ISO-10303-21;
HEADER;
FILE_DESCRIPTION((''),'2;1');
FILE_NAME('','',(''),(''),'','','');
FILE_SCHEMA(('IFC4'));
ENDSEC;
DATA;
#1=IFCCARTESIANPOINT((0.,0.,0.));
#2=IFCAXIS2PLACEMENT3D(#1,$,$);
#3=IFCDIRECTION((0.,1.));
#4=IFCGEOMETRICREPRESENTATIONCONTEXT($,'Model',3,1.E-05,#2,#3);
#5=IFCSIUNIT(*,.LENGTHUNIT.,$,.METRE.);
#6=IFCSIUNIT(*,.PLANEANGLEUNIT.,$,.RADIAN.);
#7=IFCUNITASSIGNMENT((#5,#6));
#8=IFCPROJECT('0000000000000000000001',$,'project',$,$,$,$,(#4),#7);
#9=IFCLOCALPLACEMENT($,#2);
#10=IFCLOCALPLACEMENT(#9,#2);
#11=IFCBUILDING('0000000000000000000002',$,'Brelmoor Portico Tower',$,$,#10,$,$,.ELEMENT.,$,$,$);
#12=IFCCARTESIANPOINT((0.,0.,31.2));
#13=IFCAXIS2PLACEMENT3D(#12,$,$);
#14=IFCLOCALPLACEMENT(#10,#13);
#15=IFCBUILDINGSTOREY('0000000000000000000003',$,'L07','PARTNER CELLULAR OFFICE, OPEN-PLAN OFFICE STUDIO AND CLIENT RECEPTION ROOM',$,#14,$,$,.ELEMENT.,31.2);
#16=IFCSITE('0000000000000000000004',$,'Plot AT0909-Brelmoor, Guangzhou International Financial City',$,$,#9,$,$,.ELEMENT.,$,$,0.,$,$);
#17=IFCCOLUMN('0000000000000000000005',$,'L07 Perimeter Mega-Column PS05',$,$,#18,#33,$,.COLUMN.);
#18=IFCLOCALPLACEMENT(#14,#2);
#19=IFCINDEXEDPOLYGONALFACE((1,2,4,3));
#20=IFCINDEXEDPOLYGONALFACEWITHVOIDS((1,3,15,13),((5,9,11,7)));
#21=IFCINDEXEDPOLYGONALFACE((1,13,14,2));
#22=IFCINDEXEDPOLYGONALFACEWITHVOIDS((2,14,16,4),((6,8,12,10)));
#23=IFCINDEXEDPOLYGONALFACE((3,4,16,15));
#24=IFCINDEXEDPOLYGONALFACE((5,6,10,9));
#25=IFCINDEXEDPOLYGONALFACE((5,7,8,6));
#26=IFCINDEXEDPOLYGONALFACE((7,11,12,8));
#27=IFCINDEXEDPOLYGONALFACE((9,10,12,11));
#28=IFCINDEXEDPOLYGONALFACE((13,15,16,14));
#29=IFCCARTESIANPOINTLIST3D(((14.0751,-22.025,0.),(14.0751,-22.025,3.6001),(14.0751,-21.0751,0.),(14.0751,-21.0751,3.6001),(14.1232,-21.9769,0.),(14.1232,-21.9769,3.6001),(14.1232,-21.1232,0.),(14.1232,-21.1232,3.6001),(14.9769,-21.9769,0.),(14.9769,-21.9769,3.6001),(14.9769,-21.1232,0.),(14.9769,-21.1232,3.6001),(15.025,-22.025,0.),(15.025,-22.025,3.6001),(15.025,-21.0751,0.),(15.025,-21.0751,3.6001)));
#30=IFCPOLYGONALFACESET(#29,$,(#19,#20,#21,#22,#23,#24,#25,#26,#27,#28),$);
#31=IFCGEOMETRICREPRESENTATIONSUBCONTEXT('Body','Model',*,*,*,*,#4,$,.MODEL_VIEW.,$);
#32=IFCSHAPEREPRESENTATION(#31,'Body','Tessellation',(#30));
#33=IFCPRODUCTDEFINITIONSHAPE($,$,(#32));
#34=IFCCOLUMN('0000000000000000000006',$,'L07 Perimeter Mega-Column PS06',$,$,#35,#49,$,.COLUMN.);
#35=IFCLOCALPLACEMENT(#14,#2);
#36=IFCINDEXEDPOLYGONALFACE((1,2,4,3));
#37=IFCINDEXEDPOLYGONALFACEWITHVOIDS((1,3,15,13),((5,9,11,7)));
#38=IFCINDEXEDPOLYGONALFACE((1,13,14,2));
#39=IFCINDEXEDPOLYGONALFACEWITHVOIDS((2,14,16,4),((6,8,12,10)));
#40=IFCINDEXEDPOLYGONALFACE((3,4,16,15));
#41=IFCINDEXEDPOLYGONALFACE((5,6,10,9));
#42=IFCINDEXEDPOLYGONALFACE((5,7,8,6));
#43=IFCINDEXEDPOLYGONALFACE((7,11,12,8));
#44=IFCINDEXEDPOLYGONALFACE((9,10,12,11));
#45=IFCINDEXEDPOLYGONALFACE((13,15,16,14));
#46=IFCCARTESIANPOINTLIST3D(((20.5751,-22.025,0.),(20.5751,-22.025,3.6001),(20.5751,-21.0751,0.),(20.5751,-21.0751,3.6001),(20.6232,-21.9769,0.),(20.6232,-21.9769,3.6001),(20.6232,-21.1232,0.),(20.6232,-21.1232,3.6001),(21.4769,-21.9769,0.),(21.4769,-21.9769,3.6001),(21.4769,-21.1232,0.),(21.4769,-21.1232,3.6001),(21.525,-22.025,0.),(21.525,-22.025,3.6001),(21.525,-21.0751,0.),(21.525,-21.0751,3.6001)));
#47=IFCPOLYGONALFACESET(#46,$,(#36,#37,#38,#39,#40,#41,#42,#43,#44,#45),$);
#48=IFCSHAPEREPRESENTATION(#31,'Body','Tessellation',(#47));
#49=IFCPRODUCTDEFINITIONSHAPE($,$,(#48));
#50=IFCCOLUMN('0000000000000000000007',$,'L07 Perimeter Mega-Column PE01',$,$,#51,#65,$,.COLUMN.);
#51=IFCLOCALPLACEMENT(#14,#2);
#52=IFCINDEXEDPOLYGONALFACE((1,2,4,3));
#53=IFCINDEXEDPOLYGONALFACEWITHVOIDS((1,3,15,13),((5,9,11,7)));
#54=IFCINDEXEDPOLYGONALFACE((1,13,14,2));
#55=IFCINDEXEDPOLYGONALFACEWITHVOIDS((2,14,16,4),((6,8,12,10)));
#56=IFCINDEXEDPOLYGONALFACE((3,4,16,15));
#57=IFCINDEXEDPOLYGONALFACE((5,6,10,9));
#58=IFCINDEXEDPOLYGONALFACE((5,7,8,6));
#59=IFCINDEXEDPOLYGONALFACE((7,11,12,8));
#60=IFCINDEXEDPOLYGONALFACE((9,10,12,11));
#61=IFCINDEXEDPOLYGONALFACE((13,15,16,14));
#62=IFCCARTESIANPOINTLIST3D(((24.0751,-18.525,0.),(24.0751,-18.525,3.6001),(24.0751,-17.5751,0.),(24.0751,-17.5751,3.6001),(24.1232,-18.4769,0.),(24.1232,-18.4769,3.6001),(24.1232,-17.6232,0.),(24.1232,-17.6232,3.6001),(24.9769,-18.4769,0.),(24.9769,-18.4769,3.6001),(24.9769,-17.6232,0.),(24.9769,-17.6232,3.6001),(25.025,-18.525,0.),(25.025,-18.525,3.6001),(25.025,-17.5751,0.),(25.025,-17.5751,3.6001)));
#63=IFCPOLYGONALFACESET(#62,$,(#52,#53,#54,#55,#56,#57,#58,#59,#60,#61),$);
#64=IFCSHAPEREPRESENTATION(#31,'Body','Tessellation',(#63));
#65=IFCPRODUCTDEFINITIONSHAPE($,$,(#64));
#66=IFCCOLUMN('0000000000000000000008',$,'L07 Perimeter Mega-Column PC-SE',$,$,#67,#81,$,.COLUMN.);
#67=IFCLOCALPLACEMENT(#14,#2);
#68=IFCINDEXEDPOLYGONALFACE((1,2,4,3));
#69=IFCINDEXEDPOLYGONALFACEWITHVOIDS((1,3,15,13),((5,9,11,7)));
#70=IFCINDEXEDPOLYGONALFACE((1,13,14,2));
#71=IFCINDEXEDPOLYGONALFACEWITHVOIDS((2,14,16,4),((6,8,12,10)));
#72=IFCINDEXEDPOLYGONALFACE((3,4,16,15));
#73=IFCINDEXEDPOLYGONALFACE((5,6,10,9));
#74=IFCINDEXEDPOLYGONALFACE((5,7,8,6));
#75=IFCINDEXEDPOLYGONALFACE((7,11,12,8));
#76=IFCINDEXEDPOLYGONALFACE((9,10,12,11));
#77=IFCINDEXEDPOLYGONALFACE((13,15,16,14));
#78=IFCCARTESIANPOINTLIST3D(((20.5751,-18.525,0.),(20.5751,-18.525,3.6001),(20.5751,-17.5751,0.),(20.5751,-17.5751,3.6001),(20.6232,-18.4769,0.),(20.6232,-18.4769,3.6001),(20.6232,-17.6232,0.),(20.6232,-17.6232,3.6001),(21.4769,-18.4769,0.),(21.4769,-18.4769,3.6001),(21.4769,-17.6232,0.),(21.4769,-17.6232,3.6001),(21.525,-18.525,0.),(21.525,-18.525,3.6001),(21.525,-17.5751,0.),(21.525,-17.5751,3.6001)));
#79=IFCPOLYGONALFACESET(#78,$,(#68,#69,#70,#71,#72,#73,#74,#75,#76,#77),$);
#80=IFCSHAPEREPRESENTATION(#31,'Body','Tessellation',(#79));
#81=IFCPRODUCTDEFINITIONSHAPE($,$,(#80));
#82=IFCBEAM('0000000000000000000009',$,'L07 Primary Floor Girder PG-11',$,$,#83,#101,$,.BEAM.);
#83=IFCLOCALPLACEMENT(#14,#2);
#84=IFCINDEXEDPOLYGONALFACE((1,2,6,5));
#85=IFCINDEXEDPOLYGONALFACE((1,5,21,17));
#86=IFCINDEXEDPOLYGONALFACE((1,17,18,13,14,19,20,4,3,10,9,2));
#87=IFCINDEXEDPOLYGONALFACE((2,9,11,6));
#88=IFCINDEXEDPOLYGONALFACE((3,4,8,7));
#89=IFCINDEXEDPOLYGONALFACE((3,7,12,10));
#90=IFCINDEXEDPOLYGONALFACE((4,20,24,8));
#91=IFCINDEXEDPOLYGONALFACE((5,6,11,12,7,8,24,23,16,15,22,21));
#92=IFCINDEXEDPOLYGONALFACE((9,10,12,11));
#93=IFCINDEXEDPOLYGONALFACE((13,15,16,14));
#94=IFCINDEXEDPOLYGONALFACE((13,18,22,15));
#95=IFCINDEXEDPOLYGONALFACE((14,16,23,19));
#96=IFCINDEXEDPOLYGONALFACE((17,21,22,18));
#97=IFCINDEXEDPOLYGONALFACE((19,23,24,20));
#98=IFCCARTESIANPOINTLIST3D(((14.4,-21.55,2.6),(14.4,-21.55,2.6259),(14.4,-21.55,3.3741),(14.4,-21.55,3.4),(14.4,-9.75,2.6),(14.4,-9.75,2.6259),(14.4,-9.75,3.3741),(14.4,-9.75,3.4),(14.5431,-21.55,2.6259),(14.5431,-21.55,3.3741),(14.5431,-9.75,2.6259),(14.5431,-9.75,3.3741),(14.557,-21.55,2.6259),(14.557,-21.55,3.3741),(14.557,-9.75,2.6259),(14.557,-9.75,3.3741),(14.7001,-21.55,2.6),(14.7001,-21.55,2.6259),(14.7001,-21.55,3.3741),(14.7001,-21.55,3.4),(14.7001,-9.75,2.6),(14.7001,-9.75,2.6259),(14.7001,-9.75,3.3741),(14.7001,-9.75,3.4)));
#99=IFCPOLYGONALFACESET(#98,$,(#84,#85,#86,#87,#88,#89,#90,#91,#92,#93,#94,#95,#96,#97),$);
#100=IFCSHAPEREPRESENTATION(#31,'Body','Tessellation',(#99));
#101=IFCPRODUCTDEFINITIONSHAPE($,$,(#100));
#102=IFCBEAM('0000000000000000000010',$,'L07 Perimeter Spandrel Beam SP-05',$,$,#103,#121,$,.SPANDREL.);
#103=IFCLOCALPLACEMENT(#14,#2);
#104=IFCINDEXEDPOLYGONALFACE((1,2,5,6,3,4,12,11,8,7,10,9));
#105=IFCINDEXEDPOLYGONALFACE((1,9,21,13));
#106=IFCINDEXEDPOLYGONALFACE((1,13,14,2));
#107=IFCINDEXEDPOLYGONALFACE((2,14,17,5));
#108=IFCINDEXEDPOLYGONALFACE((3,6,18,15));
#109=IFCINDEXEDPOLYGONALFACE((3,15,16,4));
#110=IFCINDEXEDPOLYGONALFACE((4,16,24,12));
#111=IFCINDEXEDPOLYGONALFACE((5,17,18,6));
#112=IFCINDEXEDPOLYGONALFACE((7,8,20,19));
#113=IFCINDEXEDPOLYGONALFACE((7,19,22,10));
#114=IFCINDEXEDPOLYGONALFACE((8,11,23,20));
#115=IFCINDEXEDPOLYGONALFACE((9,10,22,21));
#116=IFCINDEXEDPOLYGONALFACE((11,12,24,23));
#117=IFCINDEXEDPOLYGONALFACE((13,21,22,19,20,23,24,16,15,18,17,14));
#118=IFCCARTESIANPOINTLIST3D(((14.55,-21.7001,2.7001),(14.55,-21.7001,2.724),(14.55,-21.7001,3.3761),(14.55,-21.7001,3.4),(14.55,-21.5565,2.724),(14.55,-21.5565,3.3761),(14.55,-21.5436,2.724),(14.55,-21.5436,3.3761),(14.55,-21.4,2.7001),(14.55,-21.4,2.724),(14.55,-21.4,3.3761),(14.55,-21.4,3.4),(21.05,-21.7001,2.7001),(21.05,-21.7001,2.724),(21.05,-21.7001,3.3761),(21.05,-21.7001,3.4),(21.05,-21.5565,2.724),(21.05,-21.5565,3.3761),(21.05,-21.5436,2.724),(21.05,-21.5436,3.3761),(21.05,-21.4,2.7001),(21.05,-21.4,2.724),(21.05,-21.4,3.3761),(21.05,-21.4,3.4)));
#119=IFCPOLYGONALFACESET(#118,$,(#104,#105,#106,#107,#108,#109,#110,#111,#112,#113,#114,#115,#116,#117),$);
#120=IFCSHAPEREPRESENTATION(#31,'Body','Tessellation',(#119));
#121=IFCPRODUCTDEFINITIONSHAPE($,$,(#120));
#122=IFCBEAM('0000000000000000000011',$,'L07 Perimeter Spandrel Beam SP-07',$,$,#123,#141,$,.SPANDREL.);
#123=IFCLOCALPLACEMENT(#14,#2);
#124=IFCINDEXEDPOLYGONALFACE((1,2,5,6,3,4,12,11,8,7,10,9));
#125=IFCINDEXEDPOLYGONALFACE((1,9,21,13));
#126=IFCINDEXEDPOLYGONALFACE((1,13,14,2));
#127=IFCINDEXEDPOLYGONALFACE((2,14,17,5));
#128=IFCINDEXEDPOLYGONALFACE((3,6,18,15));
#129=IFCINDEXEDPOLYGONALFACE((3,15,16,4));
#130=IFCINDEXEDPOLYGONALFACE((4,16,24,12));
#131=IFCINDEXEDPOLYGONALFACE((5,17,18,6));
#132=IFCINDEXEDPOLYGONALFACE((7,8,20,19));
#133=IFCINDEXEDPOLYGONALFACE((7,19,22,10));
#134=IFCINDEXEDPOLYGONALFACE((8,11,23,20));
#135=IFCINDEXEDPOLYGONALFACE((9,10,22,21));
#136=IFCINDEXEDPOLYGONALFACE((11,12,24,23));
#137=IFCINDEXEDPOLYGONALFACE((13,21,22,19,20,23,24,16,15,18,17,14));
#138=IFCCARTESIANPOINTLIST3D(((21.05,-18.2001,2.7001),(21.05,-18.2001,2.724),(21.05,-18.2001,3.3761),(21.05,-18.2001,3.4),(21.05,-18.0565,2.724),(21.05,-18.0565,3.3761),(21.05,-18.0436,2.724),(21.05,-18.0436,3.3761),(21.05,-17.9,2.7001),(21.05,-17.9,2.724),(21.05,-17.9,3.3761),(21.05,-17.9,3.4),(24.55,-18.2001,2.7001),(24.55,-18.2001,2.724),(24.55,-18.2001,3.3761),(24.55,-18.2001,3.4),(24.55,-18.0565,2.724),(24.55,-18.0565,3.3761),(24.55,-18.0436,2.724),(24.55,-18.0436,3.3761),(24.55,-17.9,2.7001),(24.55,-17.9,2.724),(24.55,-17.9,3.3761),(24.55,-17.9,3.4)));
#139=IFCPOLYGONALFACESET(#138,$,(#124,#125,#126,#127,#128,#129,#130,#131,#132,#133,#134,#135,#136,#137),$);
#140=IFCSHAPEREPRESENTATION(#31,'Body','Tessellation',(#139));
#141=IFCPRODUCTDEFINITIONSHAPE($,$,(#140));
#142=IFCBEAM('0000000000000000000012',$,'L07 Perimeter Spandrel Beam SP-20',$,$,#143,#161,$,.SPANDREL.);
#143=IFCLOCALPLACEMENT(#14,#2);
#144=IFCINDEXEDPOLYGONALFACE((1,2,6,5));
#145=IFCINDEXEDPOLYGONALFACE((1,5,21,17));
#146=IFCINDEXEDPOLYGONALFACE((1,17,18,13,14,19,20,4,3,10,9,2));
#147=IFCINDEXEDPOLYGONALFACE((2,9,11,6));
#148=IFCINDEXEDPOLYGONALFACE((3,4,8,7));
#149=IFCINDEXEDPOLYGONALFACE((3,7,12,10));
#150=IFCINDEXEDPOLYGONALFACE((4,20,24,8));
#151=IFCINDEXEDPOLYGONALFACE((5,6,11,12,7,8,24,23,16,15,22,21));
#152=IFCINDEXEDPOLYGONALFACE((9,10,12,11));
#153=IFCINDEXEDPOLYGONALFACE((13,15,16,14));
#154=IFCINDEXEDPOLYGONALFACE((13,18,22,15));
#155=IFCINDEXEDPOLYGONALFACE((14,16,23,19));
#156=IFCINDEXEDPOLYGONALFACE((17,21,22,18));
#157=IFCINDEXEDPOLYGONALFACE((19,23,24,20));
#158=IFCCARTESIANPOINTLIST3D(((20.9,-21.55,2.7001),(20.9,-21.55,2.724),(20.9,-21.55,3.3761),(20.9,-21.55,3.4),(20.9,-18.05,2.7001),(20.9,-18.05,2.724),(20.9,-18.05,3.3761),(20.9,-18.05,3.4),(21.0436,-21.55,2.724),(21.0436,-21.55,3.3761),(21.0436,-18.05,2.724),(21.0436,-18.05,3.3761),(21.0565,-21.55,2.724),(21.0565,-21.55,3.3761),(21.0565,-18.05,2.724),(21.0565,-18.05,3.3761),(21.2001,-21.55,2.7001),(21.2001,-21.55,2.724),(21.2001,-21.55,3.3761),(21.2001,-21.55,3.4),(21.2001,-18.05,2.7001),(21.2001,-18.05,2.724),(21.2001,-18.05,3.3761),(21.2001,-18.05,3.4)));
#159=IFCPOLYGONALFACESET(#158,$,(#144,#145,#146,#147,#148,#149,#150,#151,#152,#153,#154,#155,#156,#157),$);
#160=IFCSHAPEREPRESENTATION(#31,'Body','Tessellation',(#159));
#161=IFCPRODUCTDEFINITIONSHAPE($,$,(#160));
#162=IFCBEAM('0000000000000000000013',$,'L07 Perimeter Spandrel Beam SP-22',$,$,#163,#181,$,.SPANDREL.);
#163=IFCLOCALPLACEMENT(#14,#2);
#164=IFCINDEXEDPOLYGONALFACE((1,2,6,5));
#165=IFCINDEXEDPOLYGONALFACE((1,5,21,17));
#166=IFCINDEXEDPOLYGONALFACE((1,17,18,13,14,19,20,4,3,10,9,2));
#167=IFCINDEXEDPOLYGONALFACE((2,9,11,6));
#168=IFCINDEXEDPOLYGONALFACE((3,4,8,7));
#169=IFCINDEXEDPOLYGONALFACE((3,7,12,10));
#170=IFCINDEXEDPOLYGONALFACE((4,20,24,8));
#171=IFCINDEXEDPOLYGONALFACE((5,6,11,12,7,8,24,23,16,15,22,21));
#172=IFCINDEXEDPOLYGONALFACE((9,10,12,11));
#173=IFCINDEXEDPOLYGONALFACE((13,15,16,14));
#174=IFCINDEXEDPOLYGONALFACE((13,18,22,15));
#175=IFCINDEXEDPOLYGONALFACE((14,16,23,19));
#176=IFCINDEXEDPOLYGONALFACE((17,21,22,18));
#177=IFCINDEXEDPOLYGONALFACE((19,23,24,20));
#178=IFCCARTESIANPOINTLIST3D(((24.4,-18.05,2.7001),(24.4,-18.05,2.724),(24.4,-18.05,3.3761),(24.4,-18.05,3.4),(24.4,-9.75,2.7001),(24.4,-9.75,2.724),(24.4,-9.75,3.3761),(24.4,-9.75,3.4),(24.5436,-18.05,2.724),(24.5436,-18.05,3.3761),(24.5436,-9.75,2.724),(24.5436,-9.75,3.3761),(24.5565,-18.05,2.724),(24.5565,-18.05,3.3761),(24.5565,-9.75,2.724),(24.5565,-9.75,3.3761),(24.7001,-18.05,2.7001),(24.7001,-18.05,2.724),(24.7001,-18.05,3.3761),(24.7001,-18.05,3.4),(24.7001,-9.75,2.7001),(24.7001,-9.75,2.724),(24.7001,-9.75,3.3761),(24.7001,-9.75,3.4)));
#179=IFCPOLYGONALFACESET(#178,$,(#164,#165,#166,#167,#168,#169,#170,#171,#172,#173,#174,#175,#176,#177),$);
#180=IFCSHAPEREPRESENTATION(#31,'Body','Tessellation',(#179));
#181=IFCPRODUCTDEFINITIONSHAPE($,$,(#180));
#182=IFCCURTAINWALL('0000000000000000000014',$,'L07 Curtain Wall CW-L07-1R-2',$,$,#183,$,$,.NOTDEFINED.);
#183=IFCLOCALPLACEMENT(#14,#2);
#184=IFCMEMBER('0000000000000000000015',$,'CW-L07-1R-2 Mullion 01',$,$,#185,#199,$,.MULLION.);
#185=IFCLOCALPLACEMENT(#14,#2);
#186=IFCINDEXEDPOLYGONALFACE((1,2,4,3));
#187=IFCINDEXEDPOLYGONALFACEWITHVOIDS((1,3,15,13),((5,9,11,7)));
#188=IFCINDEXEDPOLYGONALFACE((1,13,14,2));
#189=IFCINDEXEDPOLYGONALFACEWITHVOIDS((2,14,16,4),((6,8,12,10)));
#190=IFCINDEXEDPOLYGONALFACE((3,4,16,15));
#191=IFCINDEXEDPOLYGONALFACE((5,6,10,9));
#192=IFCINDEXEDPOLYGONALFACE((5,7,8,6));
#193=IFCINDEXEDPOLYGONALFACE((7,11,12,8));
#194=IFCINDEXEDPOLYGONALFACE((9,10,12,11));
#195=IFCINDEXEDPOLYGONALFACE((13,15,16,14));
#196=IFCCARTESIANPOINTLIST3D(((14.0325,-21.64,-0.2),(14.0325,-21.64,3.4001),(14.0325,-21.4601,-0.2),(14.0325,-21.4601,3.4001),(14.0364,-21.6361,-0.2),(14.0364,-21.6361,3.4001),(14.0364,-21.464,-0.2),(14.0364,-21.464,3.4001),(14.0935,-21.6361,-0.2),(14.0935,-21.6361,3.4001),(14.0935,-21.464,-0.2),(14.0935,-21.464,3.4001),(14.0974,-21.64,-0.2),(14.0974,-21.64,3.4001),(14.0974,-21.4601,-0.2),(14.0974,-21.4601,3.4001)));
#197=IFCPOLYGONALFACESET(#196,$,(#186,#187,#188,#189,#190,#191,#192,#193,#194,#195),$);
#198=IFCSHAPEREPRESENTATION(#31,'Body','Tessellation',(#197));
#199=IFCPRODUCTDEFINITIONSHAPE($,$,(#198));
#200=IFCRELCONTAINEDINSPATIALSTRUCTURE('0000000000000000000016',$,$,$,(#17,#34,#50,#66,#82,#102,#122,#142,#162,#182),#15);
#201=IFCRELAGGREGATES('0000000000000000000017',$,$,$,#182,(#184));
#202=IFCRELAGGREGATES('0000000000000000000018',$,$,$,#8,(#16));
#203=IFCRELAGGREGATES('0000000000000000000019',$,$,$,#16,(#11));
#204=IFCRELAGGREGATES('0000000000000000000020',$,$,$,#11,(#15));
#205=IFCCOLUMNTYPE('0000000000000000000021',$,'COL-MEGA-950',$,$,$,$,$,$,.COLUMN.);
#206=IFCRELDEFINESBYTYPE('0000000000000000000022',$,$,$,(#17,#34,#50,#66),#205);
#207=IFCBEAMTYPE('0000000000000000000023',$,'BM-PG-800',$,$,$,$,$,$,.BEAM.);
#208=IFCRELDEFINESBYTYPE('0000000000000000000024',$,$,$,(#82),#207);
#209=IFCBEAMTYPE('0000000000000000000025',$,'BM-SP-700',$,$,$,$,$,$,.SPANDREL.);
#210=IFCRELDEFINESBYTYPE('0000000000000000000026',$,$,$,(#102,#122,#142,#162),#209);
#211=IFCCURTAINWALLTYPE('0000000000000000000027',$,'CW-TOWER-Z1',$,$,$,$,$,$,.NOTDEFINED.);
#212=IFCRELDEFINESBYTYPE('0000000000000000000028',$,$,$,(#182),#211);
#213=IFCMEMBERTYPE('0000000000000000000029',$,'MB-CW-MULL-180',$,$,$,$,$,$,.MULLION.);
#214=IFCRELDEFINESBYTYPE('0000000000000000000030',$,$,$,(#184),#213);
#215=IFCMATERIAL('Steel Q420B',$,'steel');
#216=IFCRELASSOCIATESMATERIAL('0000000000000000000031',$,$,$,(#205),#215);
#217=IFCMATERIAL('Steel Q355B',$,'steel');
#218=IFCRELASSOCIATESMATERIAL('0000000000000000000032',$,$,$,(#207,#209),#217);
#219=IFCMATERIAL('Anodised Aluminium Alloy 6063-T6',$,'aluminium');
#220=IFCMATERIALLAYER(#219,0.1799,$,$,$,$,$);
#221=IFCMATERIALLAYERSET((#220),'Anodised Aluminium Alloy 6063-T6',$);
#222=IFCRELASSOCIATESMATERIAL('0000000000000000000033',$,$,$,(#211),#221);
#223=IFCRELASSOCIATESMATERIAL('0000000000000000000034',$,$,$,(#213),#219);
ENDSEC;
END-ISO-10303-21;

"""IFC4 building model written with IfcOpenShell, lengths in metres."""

from ifc_helpers import new_model, si_unit, direction, frame, origin, origin_2d, place, context, subcontext, project, spatial, hollow_rectangle, i_section, extrude, material, layer, layer_set, material_profile, profile_set, type_object, element, aggregate, save


model = new_model("IFC4")

# Units and contexts
model_context = context("Model", 3, precision=1e-05, world=origin(), true_north=direction((0.0, 1.0)))
body_context = subcontext(model_context, "Body", "Model", "MODEL_VIEW")
ifc_project = project(units=[si_unit("LENGTHUNIT", "METRE"), si_unit("PLANEANGLEUNIT", "RADIAN")], contexts=[model_context])

# Site, building, storey
site_placement = place(None, origin())
site = spatial("IfcSite", under=ifc_project, at=site_placement, Name="Plot AT0909-Brelmoor, Guangzhou International Financial City", CompositionType="ELEMENT", RefElevation=0.0)
building_placement = place(site_placement, origin())
building = spatial("IfcBuilding", under=site, at=building_placement, Name="Brelmoor Portico Tower", CompositionType="ELEMENT")
storey_placement = place(building_placement, frame((0.0, 0.0, 31.2)))
storey = spatial("IfcBuildingStorey", under=building, at=storey_placement, Name="L07", Description="PARTNER CELLULAR OFFICE, OPEN-PLAN OFFICE STUDIO AND CLIENT RECEPTION ROOM", CompositionType="ELEMENT", Elevation=31.2)

# Columns
ifc_material_1 = material(Name="Steel Q420B", Category="steel")
ifc_material_profile_1 = material_profile(ifc_material_1, hollow_rectangle(XDim=0.95, YDim=0.95, WallThickness=0.0481, at=origin_2d()), Name="BOX 950x950x48")
ifc_profile_set_1 = profile_set([ifc_material_profile_1], Name="Steel Q420B")
column_type = type_object("IfcColumnType", Name="COL-MEGA-950", PredefinedType="COLUMN", material=ifc_profile_set_1)
for number, where, z_axis, x_axis, name in (
    (1, (14.55, -21.55, 0.0), (0.0, 0.0, 1.0), (1.0, 0.0, 0.0), "L07 Perimeter Mega-Column PS05"),
    (2, (21.05, -21.55, 0.0), (0.0, 0.0, 1.0), (1.0, 0.0, 0.0), "L07 Perimeter Mega-Column PS06"),
    (3, (24.55, -18.05, 0.0), (0.0, 0.0, 1.0), (0.0, 1.0, 0.0), "L07 Perimeter Mega-Column PE01"),
    (4, (21.05, -18.05, 0.0), (0.0, 0.0, 1.0), (1.0, 0.0, 0.0), "L07 Perimeter Mega-Column PC-SE"),
):
    element("IfcColumn", number, at=place(storey_placement, frame(where, z_axis=z_axis, x_axis=x_axis)), inside=storey, type_object=column_type, Name=name, PredefinedType="COLUMN", context=body_context, shape_type="SweptSolid", body=[
        extrude(hollow_rectangle(XDim=0.95, YDim=0.95, WallThickness=0.0481, at=origin_2d()), origin(), (0.0, 0.0, 1.0), 3.6001),
    ])

# Beams
ifc_material_2 = material(Name="Steel Q355B", Category="steel")
ifc_material_profile_2 = material_profile(ifc_material_2, i_section(OverallWidth=0.3, OverallDepth=0.8, WebThickness=0.0139, FlangeThickness=0.0259, at=origin_2d()), Name="HN 800x300x14x26")
ifc_profile_set_2 = profile_set([ifc_material_profile_2], Name="Steel Q355B")
beam_type_1 = type_object("IfcBeamType", Name="BM-PG-800", PredefinedType="BEAM", material=ifc_profile_set_2)
beam_1_placement = place(storey_placement, frame((14.55, -21.55, 3.0), z_axis=(0.0, 1.0, 0.0), x_axis=(-1.0, 0.0, 0.0)))
element("IfcBeam", 5, at=beam_1_placement, inside=storey, type_object=beam_type_1, Name="L07 Primary Floor Girder PG-11", PredefinedType="BEAM", context=body_context, shape_type="SweptSolid", body=[
    extrude(i_section(OverallWidth=0.3, OverallDepth=0.8, WebThickness=0.0139, FlangeThickness=0.0259, at=origin_2d()), origin(), (0.0, 0.0, 1.0), 11.8),
])
ifc_material_profile_3 = material_profile(ifc_material_2, i_section(OverallWidth=0.3, OverallDepth=0.7, WebThickness=0.0129, FlangeThickness=0.0239, at=origin_2d()), Name="HN 700x300x13x24")
ifc_profile_set_3 = profile_set([ifc_material_profile_3], Name="Steel Q355B")
beam_type_2 = type_object("IfcBeamType", Name="BM-SP-700", PredefinedType="SPANDREL", material=ifc_profile_set_3)
beam_2_placement = place(storey_placement, frame((14.55, -21.55, 3.05), z_axis=(1.0, 0.0, 0.0), x_axis=(0.0, 1.0, 0.0)))
element("IfcBeam", 6, at=beam_2_placement, inside=storey, type_object=beam_type_2, Name="L07 Perimeter Spandrel Beam SP-05", PredefinedType="SPANDREL", context=body_context, shape_type="SweptSolid", body=[
    extrude(i_section(OverallWidth=0.3, OverallDepth=0.7, WebThickness=0.0129, FlangeThickness=0.0239, at=origin_2d()), origin(), (0.0, 0.0, 1.0), 6.5),
])
for number, where, z_axis, x_axis, name in (
    (7, (21.05, -18.05, 3.05), (1.0, 0.0, 0.0), (0.0, 1.0, 0.0), "L07 Perimeter Spandrel Beam SP-07"),
    (8, (21.05, -21.55, 3.05), (0.0, 1.0, 0.0), (-1.0, 0.0, 0.0), "L07 Perimeter Spandrel Beam SP-20"),
):
    element("IfcBeam", number, at=place(storey_placement, frame(where, z_axis=z_axis, x_axis=x_axis)), inside=storey, type_object=beam_type_2, Name=name, PredefinedType="SPANDREL", context=body_context, shape_type="SweptSolid", body=[
        extrude(i_section(OverallWidth=0.3, OverallDepth=0.7, WebThickness=0.0129, FlangeThickness=0.0239, at=origin_2d()), origin(), (0.0, 0.0, 1.0), 3.5),
    ])
beam_3_placement = place(storey_placement, frame((24.55, -18.05, 3.05), z_axis=(0.0, 1.0, 0.0), x_axis=(-1.0, 0.0, 0.0)))
element("IfcBeam", 9, at=beam_3_placement, inside=storey, type_object=beam_type_2, Name="L07 Perimeter Spandrel Beam SP-22", PredefinedType="SPANDREL", context=body_context, shape_type="SweptSolid", body=[
    extrude(i_section(OverallWidth=0.3, OverallDepth=0.7, WebThickness=0.0129, FlangeThickness=0.0239, at=origin_2d()), origin(), (0.0, 0.0, 1.0), 8.3),
])

# Curtain wall, member
ifc_material_3 = material(Name="Anodised Aluminium Alloy 6063-T6", Category="aluminium")
ifc_layer_1 = layer(ifc_material_3, 0.1799)
ifc_layer_set_1 = layer_set([ifc_layer_1], Name="Anodised Aluminium Alloy 6063-T6")
curtain_wall_type_1 = type_object("IfcCurtainWallType", Name="CW-TOWER-Z1", PredefinedType="NOTDEFINED", material=ifc_layer_set_1)
curtain_wall_1_placement = place(storey_placement, origin())
curtain_wall_1 = element("IfcCurtainWall", 10, at=curtain_wall_1_placement, inside=storey, type_object=curtain_wall_type_1, Name="L07 Curtain Wall CW-L07-1R-2", PredefinedType="NOTDEFINED")
ifc_material_profile_4 = material_profile(ifc_material_3, hollow_rectangle(XDim=0.0649, YDim=0.1799, WallThickness=0.0039, at=origin_2d()), Name="ALU MULLION 65x180")
ifc_profile_set_4 = profile_set([ifc_material_profile_4], Name="Anodised Aluminium Alloy 6063-T6")
member_type_1 = type_object("IfcMemberType", Name="MB-CW-MULL-180", PredefinedType="MULLION", material=ifc_profile_set_4)
member_1_placement = place(storey_placement, frame((14.0649, -21.55, -0.2), z_axis=(0.0, 0.0, 1.0), x_axis=(1.0, 0.0, 0.0)))
member_1 = element("IfcMember", 11, at=member_1_placement, type_object=member_type_1, Name="CW-L07-1R-2 Mullion 01", PredefinedType="MULLION", context=body_context, shape_type="SweptSolid", body=[
    extrude(hollow_rectangle(XDim=0.0649, YDim=0.1799, WallThickness=0.0039, at=origin_2d()), origin(), (0.0, 0.0, 1.0), 3.6001),
])
aggregate(curtain_wall_1, [member_1])

save(model, "model.ifc")
